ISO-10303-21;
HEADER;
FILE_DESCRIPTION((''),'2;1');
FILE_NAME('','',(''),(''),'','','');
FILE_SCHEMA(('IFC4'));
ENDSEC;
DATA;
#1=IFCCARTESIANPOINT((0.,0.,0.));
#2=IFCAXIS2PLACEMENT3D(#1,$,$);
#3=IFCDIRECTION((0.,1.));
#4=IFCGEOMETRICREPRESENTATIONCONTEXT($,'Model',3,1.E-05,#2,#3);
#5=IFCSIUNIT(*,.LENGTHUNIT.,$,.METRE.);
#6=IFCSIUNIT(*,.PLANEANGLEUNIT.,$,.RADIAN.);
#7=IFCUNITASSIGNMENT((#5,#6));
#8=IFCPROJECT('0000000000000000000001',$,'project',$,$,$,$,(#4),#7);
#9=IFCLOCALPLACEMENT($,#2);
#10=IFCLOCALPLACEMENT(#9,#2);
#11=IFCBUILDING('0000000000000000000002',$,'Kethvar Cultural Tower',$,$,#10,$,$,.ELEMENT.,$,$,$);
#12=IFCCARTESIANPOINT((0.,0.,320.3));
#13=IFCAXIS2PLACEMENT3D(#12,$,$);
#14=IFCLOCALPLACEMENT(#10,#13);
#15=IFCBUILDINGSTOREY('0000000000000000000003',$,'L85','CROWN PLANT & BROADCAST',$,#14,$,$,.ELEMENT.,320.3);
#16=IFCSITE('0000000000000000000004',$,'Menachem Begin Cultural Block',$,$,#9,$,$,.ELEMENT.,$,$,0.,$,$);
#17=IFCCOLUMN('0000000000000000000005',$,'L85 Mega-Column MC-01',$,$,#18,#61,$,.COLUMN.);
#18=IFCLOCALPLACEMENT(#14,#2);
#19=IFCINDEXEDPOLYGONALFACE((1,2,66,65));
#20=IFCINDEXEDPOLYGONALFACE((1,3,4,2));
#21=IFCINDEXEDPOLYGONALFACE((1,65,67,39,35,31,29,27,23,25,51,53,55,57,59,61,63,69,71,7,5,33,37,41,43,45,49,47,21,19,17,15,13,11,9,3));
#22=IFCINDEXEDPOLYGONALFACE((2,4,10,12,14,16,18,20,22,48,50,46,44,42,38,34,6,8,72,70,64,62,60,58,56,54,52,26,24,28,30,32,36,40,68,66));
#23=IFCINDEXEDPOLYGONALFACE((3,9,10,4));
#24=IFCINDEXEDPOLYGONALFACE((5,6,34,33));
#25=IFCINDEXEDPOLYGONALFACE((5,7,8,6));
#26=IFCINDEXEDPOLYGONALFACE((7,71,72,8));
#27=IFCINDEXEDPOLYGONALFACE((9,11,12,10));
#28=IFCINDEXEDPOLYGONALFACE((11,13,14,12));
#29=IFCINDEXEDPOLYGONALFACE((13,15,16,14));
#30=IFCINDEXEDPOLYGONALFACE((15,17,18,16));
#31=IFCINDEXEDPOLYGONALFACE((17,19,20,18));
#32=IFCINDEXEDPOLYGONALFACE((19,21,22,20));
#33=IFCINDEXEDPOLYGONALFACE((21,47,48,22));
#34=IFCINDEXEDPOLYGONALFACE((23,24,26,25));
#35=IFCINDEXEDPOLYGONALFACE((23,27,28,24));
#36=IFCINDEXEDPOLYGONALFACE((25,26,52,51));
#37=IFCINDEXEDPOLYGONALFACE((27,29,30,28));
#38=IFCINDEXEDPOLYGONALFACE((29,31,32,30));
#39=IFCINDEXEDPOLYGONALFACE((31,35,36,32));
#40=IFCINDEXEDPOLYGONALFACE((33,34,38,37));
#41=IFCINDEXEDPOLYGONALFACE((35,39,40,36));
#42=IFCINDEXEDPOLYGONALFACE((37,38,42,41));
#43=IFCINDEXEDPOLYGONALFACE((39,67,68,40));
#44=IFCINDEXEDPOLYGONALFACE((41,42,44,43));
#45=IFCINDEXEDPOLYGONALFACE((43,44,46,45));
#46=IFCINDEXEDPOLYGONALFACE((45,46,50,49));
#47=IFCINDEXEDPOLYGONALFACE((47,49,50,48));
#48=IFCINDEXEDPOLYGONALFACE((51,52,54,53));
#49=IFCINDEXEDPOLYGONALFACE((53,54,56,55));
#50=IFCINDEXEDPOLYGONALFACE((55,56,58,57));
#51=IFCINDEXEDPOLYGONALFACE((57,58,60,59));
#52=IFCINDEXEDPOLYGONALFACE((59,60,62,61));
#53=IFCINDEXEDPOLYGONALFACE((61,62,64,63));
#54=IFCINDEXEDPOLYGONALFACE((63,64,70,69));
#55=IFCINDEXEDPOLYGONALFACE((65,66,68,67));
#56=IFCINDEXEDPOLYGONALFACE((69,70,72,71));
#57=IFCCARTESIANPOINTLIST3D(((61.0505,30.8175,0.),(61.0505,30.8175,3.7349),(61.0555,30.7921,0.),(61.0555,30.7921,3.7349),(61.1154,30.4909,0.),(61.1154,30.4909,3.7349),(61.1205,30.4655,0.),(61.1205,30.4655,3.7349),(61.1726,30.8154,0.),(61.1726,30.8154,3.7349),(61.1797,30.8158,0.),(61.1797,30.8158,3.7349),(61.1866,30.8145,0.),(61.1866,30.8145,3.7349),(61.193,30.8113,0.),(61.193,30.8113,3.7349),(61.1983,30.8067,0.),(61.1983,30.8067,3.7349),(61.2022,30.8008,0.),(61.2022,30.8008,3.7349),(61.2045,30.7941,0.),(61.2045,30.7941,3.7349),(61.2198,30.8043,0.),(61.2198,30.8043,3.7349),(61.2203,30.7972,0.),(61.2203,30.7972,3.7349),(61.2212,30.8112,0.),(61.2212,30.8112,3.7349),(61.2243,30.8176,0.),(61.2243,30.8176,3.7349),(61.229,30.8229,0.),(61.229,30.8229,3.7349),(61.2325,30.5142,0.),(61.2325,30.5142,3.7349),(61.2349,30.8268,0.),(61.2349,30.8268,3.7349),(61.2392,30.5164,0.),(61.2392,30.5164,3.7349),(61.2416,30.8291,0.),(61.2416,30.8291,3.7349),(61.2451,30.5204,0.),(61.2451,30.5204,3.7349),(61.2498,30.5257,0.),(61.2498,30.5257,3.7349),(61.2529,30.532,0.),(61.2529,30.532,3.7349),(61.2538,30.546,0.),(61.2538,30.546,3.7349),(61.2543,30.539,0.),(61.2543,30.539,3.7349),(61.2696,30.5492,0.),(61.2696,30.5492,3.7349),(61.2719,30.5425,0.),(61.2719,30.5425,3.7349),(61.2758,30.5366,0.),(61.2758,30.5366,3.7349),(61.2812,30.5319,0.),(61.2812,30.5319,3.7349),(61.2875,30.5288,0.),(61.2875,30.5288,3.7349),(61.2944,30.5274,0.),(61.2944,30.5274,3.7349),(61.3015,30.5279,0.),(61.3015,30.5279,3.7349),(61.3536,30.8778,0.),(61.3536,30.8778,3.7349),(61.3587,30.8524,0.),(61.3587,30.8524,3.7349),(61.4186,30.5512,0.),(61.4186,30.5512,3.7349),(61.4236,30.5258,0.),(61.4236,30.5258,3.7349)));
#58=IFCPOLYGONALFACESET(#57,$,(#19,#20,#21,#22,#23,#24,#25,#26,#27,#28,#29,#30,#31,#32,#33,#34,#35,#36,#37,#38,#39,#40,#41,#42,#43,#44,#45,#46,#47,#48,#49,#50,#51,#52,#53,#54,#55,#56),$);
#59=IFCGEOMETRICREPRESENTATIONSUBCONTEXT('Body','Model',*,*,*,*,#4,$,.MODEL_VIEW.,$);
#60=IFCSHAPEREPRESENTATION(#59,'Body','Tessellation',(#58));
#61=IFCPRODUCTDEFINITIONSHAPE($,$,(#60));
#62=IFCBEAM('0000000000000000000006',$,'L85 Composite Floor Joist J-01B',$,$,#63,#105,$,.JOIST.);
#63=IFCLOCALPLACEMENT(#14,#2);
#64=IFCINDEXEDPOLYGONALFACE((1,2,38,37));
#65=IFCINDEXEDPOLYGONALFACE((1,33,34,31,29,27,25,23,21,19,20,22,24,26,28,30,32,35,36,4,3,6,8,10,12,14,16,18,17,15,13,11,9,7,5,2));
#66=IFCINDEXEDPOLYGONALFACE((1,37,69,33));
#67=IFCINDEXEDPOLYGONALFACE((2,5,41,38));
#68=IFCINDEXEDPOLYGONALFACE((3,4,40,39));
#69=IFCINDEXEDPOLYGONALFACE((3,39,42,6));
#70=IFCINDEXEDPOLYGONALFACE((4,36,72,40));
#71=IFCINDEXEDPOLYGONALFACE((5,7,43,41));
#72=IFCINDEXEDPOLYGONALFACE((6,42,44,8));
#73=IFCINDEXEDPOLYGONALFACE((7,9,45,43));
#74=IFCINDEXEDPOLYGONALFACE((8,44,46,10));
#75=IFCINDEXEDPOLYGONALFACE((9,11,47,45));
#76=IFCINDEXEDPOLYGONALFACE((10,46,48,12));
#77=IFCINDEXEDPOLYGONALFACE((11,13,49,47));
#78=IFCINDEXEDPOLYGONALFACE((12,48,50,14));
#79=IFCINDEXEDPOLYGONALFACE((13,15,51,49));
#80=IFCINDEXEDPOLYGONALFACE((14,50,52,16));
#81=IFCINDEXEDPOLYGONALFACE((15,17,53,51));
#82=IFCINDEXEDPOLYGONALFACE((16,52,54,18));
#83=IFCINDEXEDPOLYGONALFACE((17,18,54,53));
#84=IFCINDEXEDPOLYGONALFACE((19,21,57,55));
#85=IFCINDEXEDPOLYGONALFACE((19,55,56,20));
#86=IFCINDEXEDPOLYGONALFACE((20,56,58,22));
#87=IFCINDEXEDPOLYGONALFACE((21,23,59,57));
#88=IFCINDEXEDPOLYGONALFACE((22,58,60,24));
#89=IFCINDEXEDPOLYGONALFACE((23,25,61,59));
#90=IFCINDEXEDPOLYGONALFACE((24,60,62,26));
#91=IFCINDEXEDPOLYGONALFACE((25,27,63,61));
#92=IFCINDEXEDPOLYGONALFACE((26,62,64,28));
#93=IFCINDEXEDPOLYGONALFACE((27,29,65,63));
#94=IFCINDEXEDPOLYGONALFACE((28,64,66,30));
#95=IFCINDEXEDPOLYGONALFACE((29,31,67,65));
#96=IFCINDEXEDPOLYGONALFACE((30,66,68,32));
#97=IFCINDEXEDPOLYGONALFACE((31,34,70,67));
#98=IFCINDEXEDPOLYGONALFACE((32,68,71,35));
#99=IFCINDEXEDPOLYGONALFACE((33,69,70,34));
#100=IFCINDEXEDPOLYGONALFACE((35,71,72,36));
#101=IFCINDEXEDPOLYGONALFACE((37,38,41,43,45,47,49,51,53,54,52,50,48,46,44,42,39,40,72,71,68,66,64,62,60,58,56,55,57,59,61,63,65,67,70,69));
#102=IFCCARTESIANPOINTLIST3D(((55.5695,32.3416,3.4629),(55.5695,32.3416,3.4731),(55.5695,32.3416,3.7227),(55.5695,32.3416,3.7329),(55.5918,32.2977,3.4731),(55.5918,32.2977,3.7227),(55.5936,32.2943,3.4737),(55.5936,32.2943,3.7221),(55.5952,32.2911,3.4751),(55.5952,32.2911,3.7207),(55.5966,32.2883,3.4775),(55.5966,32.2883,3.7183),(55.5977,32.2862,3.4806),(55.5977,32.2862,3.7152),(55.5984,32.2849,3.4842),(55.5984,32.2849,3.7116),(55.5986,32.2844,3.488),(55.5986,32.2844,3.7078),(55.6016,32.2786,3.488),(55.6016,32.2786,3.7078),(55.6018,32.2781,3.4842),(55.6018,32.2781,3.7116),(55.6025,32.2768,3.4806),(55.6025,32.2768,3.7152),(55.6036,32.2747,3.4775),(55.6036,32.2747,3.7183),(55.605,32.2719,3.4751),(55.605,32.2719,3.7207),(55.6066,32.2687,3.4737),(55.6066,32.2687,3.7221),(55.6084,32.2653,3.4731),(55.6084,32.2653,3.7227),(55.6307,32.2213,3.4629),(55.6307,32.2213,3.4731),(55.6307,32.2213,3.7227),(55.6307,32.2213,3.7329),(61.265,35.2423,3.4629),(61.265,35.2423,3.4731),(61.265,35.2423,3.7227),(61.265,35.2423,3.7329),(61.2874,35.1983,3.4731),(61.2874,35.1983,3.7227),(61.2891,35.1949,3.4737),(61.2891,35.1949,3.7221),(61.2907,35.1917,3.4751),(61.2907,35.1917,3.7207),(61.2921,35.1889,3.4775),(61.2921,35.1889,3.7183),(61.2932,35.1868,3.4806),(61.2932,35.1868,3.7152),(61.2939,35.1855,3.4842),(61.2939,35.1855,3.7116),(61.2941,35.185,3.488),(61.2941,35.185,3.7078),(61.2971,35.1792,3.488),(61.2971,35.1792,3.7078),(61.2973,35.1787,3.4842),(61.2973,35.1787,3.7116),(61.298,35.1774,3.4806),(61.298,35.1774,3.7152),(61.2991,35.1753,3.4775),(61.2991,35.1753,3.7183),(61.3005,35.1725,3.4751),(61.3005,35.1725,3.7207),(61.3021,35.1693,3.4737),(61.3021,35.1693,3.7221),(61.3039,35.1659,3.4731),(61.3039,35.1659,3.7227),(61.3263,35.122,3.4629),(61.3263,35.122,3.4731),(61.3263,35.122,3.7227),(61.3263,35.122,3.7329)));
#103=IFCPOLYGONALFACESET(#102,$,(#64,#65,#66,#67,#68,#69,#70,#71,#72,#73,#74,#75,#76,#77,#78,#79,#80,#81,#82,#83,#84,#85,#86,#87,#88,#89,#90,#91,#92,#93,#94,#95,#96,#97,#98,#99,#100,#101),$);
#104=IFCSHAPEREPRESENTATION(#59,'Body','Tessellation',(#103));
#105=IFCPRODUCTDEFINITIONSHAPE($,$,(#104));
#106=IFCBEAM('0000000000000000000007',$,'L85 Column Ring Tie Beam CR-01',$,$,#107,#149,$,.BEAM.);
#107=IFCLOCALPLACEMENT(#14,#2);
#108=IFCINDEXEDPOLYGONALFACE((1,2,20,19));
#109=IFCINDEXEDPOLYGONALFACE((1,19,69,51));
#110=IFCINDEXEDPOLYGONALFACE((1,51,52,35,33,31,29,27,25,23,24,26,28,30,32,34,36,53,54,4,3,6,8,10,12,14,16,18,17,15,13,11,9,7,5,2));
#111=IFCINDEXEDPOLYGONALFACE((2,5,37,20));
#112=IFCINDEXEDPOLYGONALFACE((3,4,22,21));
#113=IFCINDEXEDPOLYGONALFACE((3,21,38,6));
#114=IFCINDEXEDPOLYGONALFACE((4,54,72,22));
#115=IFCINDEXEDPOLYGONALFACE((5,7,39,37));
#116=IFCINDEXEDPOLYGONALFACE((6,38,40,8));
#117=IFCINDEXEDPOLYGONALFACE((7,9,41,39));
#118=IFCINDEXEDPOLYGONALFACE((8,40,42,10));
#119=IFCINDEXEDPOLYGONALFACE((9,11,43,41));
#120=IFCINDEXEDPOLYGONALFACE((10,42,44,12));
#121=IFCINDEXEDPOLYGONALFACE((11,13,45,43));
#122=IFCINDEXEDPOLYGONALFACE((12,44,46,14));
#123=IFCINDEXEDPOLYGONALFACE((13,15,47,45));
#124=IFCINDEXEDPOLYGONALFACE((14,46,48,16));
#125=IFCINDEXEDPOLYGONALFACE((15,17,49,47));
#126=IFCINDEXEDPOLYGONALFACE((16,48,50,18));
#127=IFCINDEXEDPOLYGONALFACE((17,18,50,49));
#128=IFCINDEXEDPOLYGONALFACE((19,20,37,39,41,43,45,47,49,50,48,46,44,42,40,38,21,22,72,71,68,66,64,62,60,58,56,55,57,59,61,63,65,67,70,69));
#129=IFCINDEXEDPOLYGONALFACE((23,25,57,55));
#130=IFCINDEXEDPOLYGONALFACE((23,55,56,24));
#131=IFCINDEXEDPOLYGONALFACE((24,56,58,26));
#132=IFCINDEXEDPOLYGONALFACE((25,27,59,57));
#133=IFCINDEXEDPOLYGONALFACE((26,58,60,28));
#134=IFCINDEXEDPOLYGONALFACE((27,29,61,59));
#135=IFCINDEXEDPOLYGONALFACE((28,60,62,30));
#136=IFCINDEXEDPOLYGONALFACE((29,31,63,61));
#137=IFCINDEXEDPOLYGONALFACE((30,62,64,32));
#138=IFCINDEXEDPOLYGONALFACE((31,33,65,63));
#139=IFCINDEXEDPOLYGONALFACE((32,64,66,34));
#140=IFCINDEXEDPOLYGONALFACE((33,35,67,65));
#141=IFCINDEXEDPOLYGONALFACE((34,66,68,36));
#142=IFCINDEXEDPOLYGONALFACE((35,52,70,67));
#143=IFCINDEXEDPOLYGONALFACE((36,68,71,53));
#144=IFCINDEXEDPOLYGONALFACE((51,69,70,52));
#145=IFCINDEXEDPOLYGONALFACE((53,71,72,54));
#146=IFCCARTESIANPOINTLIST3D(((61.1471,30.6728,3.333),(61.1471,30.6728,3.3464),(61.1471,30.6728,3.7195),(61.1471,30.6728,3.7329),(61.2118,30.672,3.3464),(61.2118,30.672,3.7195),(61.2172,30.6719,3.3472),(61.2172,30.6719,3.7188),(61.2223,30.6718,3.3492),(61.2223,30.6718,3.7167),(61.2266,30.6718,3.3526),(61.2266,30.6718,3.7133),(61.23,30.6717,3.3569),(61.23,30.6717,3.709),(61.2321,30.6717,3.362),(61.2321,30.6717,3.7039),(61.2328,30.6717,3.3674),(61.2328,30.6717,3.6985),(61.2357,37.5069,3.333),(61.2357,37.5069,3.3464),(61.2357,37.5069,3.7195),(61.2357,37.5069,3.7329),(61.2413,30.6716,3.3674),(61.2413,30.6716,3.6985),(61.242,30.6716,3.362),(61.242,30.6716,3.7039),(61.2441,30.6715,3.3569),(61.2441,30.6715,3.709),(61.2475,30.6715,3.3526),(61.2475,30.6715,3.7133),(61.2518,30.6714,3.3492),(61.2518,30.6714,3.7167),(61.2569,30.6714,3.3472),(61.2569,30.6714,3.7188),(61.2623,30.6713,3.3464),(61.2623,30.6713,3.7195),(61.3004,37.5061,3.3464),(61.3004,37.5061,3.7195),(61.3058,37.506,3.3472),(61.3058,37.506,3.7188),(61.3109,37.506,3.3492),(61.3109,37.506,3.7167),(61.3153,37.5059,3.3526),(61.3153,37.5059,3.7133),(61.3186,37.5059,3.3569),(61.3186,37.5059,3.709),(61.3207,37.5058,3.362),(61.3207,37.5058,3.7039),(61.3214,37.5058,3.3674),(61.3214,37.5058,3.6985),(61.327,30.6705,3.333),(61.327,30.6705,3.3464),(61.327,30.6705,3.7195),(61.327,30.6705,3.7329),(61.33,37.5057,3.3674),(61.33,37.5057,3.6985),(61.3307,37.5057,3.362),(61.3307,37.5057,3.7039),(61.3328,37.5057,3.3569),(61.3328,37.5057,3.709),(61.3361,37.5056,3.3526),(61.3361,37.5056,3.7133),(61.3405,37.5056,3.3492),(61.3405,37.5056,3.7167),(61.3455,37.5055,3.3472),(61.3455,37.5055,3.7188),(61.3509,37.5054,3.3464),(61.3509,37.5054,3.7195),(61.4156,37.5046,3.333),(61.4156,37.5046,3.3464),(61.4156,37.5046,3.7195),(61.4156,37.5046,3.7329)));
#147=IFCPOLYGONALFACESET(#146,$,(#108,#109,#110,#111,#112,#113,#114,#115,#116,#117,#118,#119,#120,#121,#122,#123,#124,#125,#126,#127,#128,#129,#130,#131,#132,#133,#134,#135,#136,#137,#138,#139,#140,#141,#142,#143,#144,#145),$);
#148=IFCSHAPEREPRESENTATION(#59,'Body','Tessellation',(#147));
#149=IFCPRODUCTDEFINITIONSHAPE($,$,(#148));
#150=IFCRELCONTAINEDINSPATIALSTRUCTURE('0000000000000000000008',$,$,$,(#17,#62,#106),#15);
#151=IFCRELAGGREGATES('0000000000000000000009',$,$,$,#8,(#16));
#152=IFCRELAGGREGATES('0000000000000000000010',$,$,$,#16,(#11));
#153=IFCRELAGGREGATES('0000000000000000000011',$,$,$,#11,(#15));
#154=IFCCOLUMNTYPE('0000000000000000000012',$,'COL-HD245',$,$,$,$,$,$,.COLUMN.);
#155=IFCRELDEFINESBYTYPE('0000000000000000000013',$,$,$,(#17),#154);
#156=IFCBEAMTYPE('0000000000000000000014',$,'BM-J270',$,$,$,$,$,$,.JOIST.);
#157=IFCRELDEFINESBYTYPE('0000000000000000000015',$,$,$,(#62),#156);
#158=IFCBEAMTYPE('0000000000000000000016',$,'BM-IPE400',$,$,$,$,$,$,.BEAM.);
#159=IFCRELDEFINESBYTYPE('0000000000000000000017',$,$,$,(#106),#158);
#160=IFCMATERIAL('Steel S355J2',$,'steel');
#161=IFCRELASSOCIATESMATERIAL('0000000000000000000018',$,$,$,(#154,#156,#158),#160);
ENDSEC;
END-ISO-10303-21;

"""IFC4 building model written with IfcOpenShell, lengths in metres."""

from ifc_helpers import new_model, si_unit, direction, frame, origin, origin_2d, place, context, subcontext, project, spatial, i_section, extrude, source, transform, mapped, material, material_profile, profile_set, type_object, element, save


model = new_model("IFC4")

# Units and contexts
model_context = context("Model", 3, precision=1e-05, world=origin(), true_north=direction((0.0, 1.0)))
body_context = subcontext(model_context, "Body", "Model", "MODEL_VIEW")
ifc_project = project(units=[si_unit("LENGTHUNIT", "METRE"), si_unit("PLANEANGLEUNIT", "RADIAN")], contexts=[model_context])

# Site, building, storey
site_placement = place(None, origin())
site = spatial("IfcSite", under=ifc_project, at=site_placement, Name="Menachem Begin Cultural Block", CompositionType="ELEMENT", RefElevation=0.0)
building_placement = place(site_placement, origin())
building = spatial("IfcBuilding", under=site, at=building_placement, Name="Kethvar Cultural Tower", CompositionType="ELEMENT")
storey_placement = place(building_placement, frame((0.0, 0.0, 320.3)))
storey = spatial("IfcBuildingStorey", under=building, at=storey_placement, Name="L85", Description="CROWN PLANT & BROADCAST", CompositionType="ELEMENT", Elevation=320.3)

# Column
ifc_material_1 = material(Name="Steel S355J2", Category="steel")
ifc_material_profile_1 = material_profile(ifc_material_1, i_section(OverallWidth=0.3091, OverallDepth=0.3589, WebThickness=0.0161, FlangeThickness=0.0259, FilletRadius=0.0271, at=origin_2d()), Name="Steel S355J2 — HD320x245")
ifc_profile_set_1 = profile_set([ifc_material_profile_1], Name="Steel S355J2 — HD320x245")
column_type = type_object("IfcColumnType", Name="COL-HD245", PredefinedType="COLUMN", material=ifc_profile_set_1)
shared_shape_1 = source(origin(), body_context, "Body", "SweptSolid", [
    extrude(i_section(OverallWidth=0.3091, OverallDepth=0.3589, WebThickness=0.0161, FlangeThickness=0.0259, FilletRadius=0.0271, at=origin_2d()), origin(), (0.0, 0.0, 1.0), 3.7349),
])
column_placement = place(storey_placement, frame((61.2371, 30.6716, 0.0), z_axis=(0.0, 0.0, 1.0), x_axis=(0.980785, 0.19509, 0.0)))
element("IfcColumn", 1, at=column_placement, inside=storey, type_object=column_type, Name="L85 Mega-Column MC-01", PredefinedType="COLUMN", context=body_context, shape_type="MappedRepresentation", body=[
    mapped(shared_shape_1, transform((0.0, 0.0, 0.0), scale=1.0)),
])

# Beams
ifc_material_profile_2 = material_profile(ifc_material_1, i_section(OverallWidth=0.135, OverallDepth=0.27, WebThickness=0.0066, FlangeThickness=0.0103, FilletRadius=0.0149, at=origin_2d()), Name="Steel S355J2 — IPE270")
ifc_profile_set_2 = profile_set([ifc_material_profile_2], Name="Steel S355J2 — IPE270")
beam_type_1 = type_object("IfcBeamType", Name="BM-J270", PredefinedType="JOIST", material=ifc_profile_set_2)
shared_shape_2 = source(origin(), body_context, "Body", "SweptSolid", [
    extrude(i_section(OverallWidth=0.135, OverallDepth=0.27, WebThickness=0.0066, FlangeThickness=0.0103, FilletRadius=0.0149, at=origin_2d()), origin(), (0.0, 0.0, 1.0), 6.3916),
])
beam_1_placement = place(storey_placement, frame((55.6001, 32.2815, 3.5979), z_axis=(0.891095, 0.453817, 0.0), x_axis=(-0.453817, 0.891095, 0.0)))
element("IfcBeam", 2, at=beam_1_placement, inside=storey, type_object=beam_type_1, Name="L85 Composite Floor Joist J-01B", PredefinedType="JOIST", context=body_context, shape_type="MappedRepresentation", body=[
    mapped(shared_shape_2, transform((0.0, 0.0, 0.0), scale=1.0)),
])
ifc_material_profile_3 = material_profile(ifc_material_1, i_section(OverallWidth=0.1799, OverallDepth=0.3999, WebThickness=0.0085, FlangeThickness=0.0134, FilletRadius=0.021, at=origin_2d()), Name="Steel S355J2 — IPE400")
ifc_profile_set_3 = profile_set([ifc_material_profile_3], Name="Steel S355J2 — IPE400")
beam_type_2 = type_object("IfcBeamType", Name="BM-IPE400", PredefinedType="BEAM", material=ifc_profile_set_3)
shared_shape_3 = source(origin(), body_context, "Body", "SweptSolid", [
    extrude(i_section(OverallWidth=0.1799, OverallDepth=0.3999, WebThickness=0.0085, FlangeThickness=0.0134, FilletRadius=0.021, at=origin_2d()), origin(), (0.0, 0.0, 1.0), 6.8347),
])
beam_2_placement = place(storey_placement, frame((61.2371, 30.6716, 3.533), z_axis=(0.012966, 0.999916, 0.0), x_axis=(-0.999916, 0.012966, 0.0)))
element("IfcBeam", 3, at=beam_2_placement, inside=storey, type_object=beam_type_2, Name="L85 Column Ring Tie Beam CR-01", PredefinedType="BEAM", context=body_context, shape_type="MappedRepresentation", body=[
    mapped(shared_shape_3, transform((0.0, 0.0, 0.0), scale=1.0)),
])

save(model, "model.ifc")
